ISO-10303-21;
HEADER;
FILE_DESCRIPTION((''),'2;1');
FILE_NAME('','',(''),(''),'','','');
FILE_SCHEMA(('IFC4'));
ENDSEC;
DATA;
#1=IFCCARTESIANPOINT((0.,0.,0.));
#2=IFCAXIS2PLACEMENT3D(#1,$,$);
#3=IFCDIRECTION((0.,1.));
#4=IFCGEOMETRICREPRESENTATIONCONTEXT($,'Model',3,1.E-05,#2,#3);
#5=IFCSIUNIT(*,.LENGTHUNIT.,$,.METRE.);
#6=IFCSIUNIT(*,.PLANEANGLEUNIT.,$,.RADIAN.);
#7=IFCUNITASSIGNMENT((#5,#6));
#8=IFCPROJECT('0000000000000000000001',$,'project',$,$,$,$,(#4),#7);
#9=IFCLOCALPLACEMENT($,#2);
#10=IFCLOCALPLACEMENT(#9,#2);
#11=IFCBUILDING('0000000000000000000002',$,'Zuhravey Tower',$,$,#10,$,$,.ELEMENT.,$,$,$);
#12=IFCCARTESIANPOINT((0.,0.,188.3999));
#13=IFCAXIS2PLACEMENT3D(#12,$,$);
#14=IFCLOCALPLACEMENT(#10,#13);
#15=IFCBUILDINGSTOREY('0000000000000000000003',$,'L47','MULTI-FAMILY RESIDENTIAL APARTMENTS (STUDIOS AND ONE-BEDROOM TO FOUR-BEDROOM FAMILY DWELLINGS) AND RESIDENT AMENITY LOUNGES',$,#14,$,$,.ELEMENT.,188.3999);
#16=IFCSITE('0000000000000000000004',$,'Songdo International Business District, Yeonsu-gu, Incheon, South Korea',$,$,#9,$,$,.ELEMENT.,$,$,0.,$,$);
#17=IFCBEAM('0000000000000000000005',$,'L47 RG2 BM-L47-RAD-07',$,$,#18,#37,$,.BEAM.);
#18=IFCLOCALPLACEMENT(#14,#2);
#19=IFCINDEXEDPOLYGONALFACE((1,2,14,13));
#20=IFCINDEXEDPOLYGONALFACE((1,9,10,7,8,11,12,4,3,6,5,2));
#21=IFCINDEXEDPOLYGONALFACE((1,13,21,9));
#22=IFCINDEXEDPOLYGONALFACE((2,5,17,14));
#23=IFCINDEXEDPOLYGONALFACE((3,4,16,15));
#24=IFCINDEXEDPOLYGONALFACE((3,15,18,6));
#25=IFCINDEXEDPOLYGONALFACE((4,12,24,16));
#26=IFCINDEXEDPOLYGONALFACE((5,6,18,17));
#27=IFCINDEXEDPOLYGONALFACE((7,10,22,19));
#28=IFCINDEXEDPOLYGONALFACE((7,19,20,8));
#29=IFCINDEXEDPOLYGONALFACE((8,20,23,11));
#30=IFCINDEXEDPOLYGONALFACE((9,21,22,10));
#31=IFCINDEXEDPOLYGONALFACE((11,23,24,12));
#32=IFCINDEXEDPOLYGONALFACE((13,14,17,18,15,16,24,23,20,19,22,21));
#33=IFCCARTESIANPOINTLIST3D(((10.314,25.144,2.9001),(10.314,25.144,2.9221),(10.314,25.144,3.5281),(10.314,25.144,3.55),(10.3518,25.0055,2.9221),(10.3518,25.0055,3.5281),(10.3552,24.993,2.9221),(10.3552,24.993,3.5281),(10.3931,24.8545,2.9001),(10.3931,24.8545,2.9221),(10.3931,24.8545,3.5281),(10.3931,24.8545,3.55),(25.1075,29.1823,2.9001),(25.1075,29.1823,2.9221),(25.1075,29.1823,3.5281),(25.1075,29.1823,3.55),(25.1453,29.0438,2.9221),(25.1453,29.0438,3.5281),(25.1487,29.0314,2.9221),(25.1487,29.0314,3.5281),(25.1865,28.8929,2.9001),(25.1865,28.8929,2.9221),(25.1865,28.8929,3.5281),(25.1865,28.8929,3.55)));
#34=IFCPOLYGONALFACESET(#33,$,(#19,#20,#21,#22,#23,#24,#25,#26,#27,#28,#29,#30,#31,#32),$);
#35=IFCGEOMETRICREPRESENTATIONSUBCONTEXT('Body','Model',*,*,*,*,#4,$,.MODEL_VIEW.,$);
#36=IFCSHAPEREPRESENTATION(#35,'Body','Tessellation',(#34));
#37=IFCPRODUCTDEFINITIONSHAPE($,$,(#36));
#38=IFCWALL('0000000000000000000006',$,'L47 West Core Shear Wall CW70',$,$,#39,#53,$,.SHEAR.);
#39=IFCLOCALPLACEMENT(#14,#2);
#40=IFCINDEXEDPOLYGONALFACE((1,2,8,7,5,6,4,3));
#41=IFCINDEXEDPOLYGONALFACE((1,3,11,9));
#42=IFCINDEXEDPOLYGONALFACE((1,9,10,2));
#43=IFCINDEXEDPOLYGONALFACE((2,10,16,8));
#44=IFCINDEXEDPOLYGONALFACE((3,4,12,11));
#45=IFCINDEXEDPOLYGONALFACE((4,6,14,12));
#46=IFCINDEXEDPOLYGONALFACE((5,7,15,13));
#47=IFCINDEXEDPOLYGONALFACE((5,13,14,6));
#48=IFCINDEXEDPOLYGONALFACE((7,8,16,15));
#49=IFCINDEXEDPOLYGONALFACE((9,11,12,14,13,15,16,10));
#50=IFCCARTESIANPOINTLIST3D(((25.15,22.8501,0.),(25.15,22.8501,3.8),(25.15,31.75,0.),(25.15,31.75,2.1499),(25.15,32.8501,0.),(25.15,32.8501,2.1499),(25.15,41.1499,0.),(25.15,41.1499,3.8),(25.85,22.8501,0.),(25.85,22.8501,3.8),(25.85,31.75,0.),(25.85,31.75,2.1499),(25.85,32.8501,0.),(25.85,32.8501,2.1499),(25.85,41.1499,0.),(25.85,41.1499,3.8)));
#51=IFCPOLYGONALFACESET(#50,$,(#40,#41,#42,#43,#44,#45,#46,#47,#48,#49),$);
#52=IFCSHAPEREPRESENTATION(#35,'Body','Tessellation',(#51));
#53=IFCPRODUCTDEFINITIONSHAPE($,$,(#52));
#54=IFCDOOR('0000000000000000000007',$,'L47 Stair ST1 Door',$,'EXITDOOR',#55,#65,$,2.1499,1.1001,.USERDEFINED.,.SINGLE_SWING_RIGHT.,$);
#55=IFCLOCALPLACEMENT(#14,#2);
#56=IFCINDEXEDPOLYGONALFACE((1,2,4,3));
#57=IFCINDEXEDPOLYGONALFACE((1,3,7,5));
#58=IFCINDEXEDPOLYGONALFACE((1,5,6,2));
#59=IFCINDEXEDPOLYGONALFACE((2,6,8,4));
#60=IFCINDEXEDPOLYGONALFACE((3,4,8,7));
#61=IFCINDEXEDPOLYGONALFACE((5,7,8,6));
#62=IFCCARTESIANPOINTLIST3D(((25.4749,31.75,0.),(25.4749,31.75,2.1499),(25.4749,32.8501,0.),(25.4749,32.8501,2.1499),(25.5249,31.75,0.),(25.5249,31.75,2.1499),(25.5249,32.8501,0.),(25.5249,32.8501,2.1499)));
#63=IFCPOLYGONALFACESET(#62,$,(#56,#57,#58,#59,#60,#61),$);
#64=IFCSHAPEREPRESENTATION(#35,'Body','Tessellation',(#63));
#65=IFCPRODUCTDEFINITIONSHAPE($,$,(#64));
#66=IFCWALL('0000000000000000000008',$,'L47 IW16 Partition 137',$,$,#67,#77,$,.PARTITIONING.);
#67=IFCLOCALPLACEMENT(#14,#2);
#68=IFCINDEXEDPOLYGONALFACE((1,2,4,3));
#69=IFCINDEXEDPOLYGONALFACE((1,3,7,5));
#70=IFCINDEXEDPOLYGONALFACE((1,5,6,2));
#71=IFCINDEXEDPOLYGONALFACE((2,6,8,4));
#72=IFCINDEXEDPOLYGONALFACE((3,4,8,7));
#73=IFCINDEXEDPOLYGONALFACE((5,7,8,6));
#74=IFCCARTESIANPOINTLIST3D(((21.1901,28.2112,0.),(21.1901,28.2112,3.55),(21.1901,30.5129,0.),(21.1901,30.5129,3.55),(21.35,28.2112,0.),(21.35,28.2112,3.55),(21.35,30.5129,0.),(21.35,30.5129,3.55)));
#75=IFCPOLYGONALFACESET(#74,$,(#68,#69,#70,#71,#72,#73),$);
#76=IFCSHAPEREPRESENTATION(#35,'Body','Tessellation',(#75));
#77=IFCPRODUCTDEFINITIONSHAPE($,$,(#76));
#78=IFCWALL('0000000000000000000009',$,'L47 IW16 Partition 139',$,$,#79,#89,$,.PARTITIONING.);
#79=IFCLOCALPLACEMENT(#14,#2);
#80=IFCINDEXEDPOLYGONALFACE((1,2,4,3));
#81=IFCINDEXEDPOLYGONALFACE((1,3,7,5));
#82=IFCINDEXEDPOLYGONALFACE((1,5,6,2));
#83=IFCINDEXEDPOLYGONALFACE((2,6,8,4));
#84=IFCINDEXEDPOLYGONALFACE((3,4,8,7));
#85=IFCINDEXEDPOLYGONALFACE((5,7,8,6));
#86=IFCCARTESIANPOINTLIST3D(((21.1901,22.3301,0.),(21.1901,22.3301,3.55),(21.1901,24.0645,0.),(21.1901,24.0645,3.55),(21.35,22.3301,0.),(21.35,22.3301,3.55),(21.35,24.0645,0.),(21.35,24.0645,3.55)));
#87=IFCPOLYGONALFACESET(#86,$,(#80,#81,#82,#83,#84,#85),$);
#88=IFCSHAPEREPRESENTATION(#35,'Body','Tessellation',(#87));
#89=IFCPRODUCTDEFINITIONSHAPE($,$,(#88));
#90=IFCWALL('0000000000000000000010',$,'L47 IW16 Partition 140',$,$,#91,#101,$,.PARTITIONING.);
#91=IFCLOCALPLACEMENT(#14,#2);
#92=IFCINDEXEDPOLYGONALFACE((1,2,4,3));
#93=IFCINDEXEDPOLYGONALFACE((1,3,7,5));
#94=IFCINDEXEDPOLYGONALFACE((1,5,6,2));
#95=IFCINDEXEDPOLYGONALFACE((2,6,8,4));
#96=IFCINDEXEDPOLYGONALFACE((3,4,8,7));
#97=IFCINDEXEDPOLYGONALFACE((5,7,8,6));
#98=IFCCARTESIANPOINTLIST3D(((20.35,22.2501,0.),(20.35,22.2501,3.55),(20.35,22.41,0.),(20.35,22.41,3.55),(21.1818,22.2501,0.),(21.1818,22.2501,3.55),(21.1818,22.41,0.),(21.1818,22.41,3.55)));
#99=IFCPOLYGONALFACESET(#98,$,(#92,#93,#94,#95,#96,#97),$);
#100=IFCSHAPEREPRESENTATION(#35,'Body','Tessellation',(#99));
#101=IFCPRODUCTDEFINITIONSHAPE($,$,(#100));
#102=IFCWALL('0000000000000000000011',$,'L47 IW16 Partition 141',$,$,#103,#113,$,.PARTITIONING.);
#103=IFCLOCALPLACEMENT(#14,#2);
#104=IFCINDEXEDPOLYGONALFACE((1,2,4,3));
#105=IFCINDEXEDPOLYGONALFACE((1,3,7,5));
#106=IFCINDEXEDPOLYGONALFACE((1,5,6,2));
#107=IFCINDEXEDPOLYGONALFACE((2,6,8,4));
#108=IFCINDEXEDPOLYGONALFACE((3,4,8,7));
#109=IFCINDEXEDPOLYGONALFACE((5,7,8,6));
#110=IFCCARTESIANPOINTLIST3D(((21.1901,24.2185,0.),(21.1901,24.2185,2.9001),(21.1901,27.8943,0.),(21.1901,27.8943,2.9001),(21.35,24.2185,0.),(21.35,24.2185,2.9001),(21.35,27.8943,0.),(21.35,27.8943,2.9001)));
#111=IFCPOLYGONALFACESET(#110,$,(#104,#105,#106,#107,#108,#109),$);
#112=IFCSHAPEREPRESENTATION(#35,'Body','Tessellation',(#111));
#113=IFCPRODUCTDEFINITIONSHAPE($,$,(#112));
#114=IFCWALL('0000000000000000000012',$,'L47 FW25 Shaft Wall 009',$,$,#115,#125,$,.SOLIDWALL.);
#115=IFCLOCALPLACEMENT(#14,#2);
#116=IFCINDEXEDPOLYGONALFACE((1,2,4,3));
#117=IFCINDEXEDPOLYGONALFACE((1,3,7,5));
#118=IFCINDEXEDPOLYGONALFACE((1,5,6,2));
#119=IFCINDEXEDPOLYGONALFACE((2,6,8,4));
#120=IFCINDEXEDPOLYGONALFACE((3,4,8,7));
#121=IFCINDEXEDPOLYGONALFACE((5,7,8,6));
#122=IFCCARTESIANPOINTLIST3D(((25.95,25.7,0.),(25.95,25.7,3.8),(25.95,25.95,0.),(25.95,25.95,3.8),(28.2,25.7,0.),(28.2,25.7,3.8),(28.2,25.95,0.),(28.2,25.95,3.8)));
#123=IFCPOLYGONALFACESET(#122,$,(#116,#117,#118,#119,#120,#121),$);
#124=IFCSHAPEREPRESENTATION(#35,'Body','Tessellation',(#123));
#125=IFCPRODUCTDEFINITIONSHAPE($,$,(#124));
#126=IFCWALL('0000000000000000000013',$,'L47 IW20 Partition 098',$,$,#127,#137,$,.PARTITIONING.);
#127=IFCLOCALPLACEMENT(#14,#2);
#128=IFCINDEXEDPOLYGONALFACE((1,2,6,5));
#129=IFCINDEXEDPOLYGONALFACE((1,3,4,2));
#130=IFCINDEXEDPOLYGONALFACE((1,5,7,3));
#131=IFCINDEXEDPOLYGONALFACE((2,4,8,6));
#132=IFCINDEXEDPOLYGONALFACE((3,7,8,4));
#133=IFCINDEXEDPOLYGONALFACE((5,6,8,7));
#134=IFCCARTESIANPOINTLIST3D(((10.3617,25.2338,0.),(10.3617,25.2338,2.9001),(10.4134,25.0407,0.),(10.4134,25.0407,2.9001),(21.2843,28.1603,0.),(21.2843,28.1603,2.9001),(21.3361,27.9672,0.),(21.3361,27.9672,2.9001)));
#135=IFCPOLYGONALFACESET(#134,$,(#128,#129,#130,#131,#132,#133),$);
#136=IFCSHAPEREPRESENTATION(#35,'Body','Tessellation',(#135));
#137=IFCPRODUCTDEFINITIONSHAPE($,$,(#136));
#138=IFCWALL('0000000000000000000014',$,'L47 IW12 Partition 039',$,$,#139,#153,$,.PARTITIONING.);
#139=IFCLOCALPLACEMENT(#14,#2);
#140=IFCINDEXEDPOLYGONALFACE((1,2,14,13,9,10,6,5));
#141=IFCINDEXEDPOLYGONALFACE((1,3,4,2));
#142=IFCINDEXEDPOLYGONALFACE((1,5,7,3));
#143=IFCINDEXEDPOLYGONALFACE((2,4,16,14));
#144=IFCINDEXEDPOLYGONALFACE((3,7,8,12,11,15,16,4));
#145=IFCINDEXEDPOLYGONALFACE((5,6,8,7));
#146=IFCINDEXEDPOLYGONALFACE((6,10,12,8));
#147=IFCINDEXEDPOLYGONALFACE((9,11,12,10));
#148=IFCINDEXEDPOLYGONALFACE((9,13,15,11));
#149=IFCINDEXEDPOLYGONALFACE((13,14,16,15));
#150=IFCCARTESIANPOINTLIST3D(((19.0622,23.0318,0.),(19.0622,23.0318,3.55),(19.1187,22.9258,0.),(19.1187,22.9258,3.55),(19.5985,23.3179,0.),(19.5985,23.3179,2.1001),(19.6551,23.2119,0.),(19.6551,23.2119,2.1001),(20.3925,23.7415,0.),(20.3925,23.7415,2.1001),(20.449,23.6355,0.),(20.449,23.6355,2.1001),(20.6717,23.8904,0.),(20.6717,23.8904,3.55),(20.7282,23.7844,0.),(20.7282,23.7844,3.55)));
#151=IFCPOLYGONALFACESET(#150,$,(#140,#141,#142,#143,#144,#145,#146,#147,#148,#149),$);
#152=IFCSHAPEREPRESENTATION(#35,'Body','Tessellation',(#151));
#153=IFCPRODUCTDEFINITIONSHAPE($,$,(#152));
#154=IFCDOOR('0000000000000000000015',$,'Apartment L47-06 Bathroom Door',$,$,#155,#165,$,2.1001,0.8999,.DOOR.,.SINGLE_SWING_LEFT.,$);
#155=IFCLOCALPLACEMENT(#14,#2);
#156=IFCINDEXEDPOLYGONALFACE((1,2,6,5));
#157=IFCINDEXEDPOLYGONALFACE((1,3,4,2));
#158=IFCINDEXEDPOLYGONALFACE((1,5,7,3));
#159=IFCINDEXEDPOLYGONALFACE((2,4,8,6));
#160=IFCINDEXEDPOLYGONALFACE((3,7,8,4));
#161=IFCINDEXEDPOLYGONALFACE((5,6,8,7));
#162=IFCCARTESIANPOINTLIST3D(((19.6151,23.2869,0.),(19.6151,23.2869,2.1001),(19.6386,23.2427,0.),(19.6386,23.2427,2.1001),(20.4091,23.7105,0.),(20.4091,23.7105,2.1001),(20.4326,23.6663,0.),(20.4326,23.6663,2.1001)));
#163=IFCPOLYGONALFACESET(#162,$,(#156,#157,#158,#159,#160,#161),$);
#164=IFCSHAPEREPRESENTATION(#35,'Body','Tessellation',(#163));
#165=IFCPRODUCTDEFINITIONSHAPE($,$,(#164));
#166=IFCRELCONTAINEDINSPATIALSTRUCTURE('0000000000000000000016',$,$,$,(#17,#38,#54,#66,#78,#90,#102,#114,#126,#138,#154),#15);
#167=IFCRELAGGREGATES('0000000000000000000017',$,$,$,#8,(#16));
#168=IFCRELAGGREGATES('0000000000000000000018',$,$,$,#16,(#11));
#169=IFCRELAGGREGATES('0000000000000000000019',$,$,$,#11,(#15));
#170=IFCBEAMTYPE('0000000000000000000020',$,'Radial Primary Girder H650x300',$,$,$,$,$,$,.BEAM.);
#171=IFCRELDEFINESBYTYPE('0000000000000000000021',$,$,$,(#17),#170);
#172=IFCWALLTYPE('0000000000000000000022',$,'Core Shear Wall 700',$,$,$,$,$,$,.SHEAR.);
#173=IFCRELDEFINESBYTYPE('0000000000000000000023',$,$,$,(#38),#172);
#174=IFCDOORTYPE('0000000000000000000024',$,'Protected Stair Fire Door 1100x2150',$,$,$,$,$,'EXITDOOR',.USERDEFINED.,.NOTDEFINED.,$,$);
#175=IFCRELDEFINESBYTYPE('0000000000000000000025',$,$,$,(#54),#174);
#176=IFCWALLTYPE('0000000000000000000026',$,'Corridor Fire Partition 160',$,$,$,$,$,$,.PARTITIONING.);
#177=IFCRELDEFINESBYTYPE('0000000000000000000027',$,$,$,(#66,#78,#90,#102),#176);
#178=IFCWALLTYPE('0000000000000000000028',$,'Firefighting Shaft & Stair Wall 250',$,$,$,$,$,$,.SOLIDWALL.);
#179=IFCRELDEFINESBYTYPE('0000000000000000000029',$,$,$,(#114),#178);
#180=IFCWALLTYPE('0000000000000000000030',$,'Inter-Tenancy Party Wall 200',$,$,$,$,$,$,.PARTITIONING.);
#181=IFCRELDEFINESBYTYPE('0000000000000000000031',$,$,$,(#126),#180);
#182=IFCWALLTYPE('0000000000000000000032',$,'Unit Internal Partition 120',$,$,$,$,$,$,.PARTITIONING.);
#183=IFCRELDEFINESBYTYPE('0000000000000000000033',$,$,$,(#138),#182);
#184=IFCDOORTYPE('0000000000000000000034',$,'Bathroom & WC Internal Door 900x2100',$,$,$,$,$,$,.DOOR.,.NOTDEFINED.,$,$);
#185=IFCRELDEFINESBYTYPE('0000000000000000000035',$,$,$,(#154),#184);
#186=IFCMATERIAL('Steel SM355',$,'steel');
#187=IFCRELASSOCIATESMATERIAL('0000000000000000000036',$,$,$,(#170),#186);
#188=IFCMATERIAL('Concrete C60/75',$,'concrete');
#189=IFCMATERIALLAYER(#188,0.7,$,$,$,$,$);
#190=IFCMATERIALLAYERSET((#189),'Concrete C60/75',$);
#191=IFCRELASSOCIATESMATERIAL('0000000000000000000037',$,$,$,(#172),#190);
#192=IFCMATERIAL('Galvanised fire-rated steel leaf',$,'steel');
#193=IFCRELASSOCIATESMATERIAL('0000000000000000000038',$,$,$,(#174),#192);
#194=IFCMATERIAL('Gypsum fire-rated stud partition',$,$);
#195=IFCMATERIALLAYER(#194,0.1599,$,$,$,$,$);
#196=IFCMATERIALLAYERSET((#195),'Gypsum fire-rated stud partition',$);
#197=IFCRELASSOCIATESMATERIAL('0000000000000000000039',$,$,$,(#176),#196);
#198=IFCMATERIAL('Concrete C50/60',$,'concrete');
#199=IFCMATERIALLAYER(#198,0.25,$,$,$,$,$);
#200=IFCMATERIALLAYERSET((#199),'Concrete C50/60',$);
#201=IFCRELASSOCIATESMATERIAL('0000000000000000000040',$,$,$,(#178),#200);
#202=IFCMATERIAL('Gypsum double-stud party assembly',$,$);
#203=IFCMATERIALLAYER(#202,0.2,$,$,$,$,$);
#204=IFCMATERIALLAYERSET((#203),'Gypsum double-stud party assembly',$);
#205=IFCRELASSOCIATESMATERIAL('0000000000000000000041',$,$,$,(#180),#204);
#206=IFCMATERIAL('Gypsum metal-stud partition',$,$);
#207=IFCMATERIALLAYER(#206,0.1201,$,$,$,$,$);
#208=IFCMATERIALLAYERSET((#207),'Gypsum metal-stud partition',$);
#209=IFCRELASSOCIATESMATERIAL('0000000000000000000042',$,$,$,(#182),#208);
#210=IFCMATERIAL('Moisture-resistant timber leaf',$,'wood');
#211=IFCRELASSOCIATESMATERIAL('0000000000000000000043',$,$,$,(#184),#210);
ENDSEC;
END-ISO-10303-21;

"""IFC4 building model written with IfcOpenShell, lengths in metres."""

from ifc_helpers import new_model, si_unit, direction, frame, frame_2d, origin, origin_2d, place, context, subcontext, project, spatial, rectangle, i_section, extrude, material, layer, layer_set, material_profile, profile_set, type_object, element, fill, save


model = new_model("IFC4")

# Units and contexts
model_context = context("Model", 3, precision=1e-05, world=origin(), true_north=direction((0.0, 1.0)))
body_context = subcontext(model_context, "Body", "Model", "MODEL_VIEW")
ifc_project = project(units=[si_unit("LENGTHUNIT", "METRE"), si_unit("PLANEANGLEUNIT", "RADIAN")], contexts=[model_context])

# Site, building, storey
site_placement = place(None, origin())
site = spatial("IfcSite", under=ifc_project, at=site_placement, Name="Songdo International Business District, Yeonsu-gu, Incheon, South Korea", CompositionType="ELEMENT", RefElevation=0.0)
building_placement = place(site_placement, origin())
building = spatial("IfcBuilding", under=site, at=building_placement, Name="Zuhravey Tower", CompositionType="ELEMENT")
storey_placement = place(building_placement, frame((0.0, 0.0, 188.3999)))
storey = spatial("IfcBuildingStorey", under=building, at=storey_placement, Name="L47", Description="MULTI-FAMILY RESIDENTIAL APARTMENTS (STUDIOS AND ONE-BEDROOM TO FOUR-BEDROOM FAMILY DWELLINGS) AND RESIDENT AMENITY LOUNGES", CompositionType="ELEMENT", Elevation=188.3999)

# Beam
ifc_material_1 = material(Name="Steel SM355", Category="steel")
ifc_material_profile = material_profile(ifc_material_1, i_section(OverallWidth=0.3, OverallDepth=0.6499, WebThickness=0.0129, FlangeThickness=0.022, at=origin_2d()), Name="H-650x300x13x22")
ifc_profile_set = profile_set([ifc_material_profile], Name="Steel SM355")
beam_type = type_object("IfcBeamType", Name="Radial Primary Girder H650x300", PredefinedType="BEAM", material=ifc_profile_set)
beam_placement = place(storey_placement, frame((25.147, 29.0376, 3.2251), z_axis=(-0.964702, -0.263345, 0.0), x_axis=(0.263345, -0.964702, 0.0)))
element("IfcBeam", 1, at=beam_placement, inside=storey, type_object=beam_type, Name="L47 RG2 BM-L47-RAD-07", PredefinedType="BEAM", context=body_context, shape_type="SweptSolid", body=[
    extrude(i_section(OverallWidth=0.3, OverallDepth=0.6499, WebThickness=0.0129, FlangeThickness=0.022, at=origin_2d()), origin(), (0.0, 0.0, 1.0), 15.3347),
])

# Wall, opening, door
ifc_material_2 = material(Name="Concrete C60/75", Category="concrete")
ifc_layer_1 = layer(ifc_material_2, 0.7)
ifc_layer_set_1 = layer_set([ifc_layer_1], Name="Concrete C60/75")
wall_type_1 = type_object("IfcWallType", Name="Core Shear Wall 700", PredefinedType="SHEAR", material=ifc_layer_set_1)
ifc_material_3 = material(Name="Galvanised fire-rated steel leaf", Category="steel")
wall_1_placement = place(storey_placement, frame((25.5, 22.8501, 0.0), z_axis=(0.0, 0.0, 1.0), x_axis=(0.0, 1.0, 0.0)))
wall_1 = element("IfcWall", 2, at=wall_1_placement, inside=storey, type_object=wall_type_1, Name="L47 West Core Shear Wall CW70", PredefinedType="SHEAR", context=body_context, shape_type="SweptSolid", body=[
    extrude(rectangle(XDim=18.2998, YDim=0.7, at=frame_2d((9.1499, 0.0))), origin(), (0.0, 0.0, 1.0), 3.8),
])
opening_1_placement = place(wall_1_placement, frame((8.8999, 0.0, 0.0)))
opening_1 = element("IfcOpeningElement", 3, at=opening_1_placement, cuts=wall_1, PredefinedType="OPENING", context=body_context, shape_type="SweptSolid", body=[
    extrude(rectangle(XDim=1.1001, YDim=2.1499, at=frame_2d((0.55, 1.075))), frame((0.0, 0.3621, 0.0), z_axis=(0.0, -1.0, 0.0), x_axis=(1.0, 0.0, 0.0)), (0.0, 0.0, 1.0), 0.7239),
])
door_type_1 = type_object("IfcDoorType", Name="Protected Stair Fire Door 1100x2150", ElementType="EXITDOOR", OperationType="NOTDEFINED", PredefinedType="USERDEFINED", material=ifc_material_3)
door_1_placement = place(opening_1_placement, frame((1.1001, 0.0, 0.0), z_axis=(0.0, 0.0, 1.0), x_axis=(-1.0, 0.0, 0.0)))
door_1 = element("IfcDoor", 4, at=door_1_placement, inside=storey, type_object=door_type_1, Name="L47 Stair ST1 Door", ObjectType="EXITDOOR", OperationType="SINGLE_SWING_RIGHT", OverallHeight=2.1499, OverallWidth=1.1001, PredefinedType="USERDEFINED", context=body_context, shape_type="SweptSolid", body=[
    extrude(rectangle(XDim=1.1001, YDim=2.1499, at=frame_2d((0.55, 1.075))), frame((0.0, 0.0249, 0.0), z_axis=(0.0, -1.0, 0.0), x_axis=(1.0, 0.0, 0.0)), (0.0, 0.0, 1.0), 0.05),
])
fill(opening_1, door_1)

# Walls
ifc_material_4 = material(Name="Gypsum fire-rated stud partition")
ifc_layer_2 = layer(ifc_material_4, 0.1599)
ifc_layer_set_2 = layer_set([ifc_layer_2], Name="Gypsum fire-rated stud partition")
wall_type_2 = type_object("IfcWallType", Name="Corridor Fire Partition 160", PredefinedType="PARTITIONING", material=ifc_layer_set_2)
wall_2_placement = place(storey_placement, frame((21.27, 30.5129, 0.0), z_axis=(0.0, 0.0, 1.0), x_axis=(0.0, -1.0, 0.0)))
element("IfcWall", 5, at=wall_2_placement, inside=storey, type_object=wall_type_2, Name="L47 IW16 Partition 137", PredefinedType="PARTITIONING", context=body_context, shape_type="SweptSolid", body=[
    extrude(rectangle(XDim=2.3018, YDim=0.1599, at=frame_2d((1.1509, 0.0))), origin(), (0.0, 0.0, 1.0), 3.55),
])
wall_3_placement = place(storey_placement, frame((21.27, 24.0645, 0.0), z_axis=(0.0, 0.0, 1.0), x_axis=(0.0, -1.0, 0.0)))
element("IfcWall", 6, at=wall_3_placement, inside=storey, type_object=wall_type_2, Name="L47 IW16 Partition 139", PredefinedType="PARTITIONING", context=body_context, shape_type="SweptSolid", body=[
    extrude(rectangle(XDim=1.7344, YDim=0.1599, at=frame_2d((0.8672, 0.0))), origin(), (0.0, 0.0, 1.0), 3.55),
])
wall_4_placement = place(storey_placement, frame((21.1819, 22.3301, 0.0), z_axis=(0.0, 0.0, 1.0), x_axis=(-1.0, 0.0, 0.0)))
element("IfcWall", 7, at=wall_4_placement, inside=storey, type_object=wall_type_2, Name="L47 IW16 Partition 140", PredefinedType="PARTITIONING", context=body_context, shape_type="SweptSolid", body=[
    extrude(rectangle(XDim=0.8318, YDim=0.1599, at=frame_2d((0.416, 0.0))), origin(), (0.0, 0.0, 1.0), 3.55),
])
wall_5_placement = place(storey_placement, frame((21.27, 27.8943, 0.0), z_axis=(0.0, 0.0, 1.0), x_axis=(0.0, -1.0, 0.0)))
element("IfcWall", 8, at=wall_5_placement, inside=storey, type_object=wall_type_2, Name="L47 IW16 Partition 141", PredefinedType="PARTITIONING", context=body_context, shape_type="SweptSolid", body=[
    extrude(rectangle(XDim=3.6758, YDim=0.1599, at=frame_2d((1.8379, 0.0))), origin(), (0.0, 0.0, 1.0), 2.9001),
])
ifc_material_5 = material(Name="Concrete C50/60", Category="concrete")
ifc_layer_3 = layer(ifc_material_5, 0.25)
ifc_layer_set_3 = layer_set([ifc_layer_3], Name="Concrete C50/60")
wall_type_3 = type_object("IfcWallType", Name="Firefighting Shaft & Stair Wall 250", PredefinedType="SOLIDWALL", material=ifc_layer_set_3)
wall_6_placement = place(storey_placement, frame((25.95, 25.825, 0.0), z_axis=(0.0, 0.0, 1.0), x_axis=(1.0, 0.0, 0.0)))
element("IfcWall", 9, at=wall_6_placement, inside=storey, type_object=wall_type_3, Name="L47 FW25 Shaft Wall 009", PredefinedType="SOLIDWALL", context=body_context, shape_type="SweptSolid", body=[
    extrude(rectangle(XDim=2.25, YDim=0.25, at=frame_2d((1.125, 0.0))), origin(), (0.0, 0.0, 1.0), 3.8),
])
ifc_material_6 = material(Name="Gypsum double-stud party assembly")
ifc_layer_4 = layer(ifc_material_6, 0.2)
ifc_layer_set_4 = layer_set([ifc_layer_4], Name="Gypsum double-stud party assembly")
wall_type_4 = type_object("IfcWallType", Name="Inter-Tenancy Party Wall 200", PredefinedType="PARTITIONING", material=ifc_layer_set_4)
wall_7_placement = place(storey_placement, frame((21.3101, 28.0637, 0.0), z_axis=(0.0, 0.0, 1.0), x_axis=(-0.96593, -0.258803, 0.0)))
element("IfcWall", 10, at=wall_7_placement, inside=storey, type_object=wall_type_4, Name="L47 IW20 Partition 098", PredefinedType="PARTITIONING", context=body_context, shape_type="SweptSolid", body=[
    extrude(rectangle(XDim=11.3079, YDim=0.2, at=frame_2d((5.6538, 0.0))), origin(), (0.0, 0.0, 1.0), 2.9001),
])

# Wall, opening, door
ifc_material_7 = material(Name="Gypsum metal-stud partition")
ifc_layer_5 = layer(ifc_material_7, 0.1201)
ifc_layer_set_5 = layer_set([ifc_layer_5], Name="Gypsum metal-stud partition")
wall_type_5 = type_object("IfcWallType", Name="Unit Internal Partition 120", PredefinedType="PARTITIONING", material=ifc_layer_set_5)
wall_8_placement = place(storey_placement, frame((20.7, 23.8374, 0.0), z_axis=(0.0, 0.0, 1.0), x_axis=(-0.882312, -0.470665, 0.0)))
wall_8 = element("IfcWall", 11, at=wall_8_placement, inside=storey, type_object=wall_type_5, Name="L47 IW12 Partition 039", PredefinedType="PARTITIONING", context=body_context, shape_type="SweptSolid", body=[
    extrude(rectangle(XDim=1.8242, YDim=0.1201, at=frame_2d((0.9121, 0.0))), origin(), (0.0, 0.0, 1.0), 3.55),
])
opening_2_placement = place(wall_8_placement, frame((0.3164, 0.0, 0.0)))
opening_2 = element("IfcOpeningElement", 12, at=opening_2_placement, cuts=wall_8, PredefinedType="OPENING", context=body_context, shape_type="SweptSolid", body=[
    extrude(rectangle(XDim=0.8999, YDim=2.1001, at=frame_2d((0.45, 1.05))), frame((0.0, 0.072, 0.0), z_axis=(0.0, -1.0, 0.0), x_axis=(1.0, 0.0, 0.0)), (0.0, 0.0, 1.0), 0.144),
])
ifc_material_8 = material(Name="Moisture-resistant timber leaf", Category="wood")
door_type_2 = type_object("IfcDoorType", Name="Bathroom & WC Internal Door 900x2100", OperationType="NOTDEFINED", PredefinedType="DOOR", material=ifc_material_8)
door_2_placement = place(opening_2_placement, frame((0.8999, 0.0, 0.0), z_axis=(0.0, 0.0, 1.0), x_axis=(-1.0, 0.0, 0.0)))
door_2 = element("IfcDoor", 13, at=door_2_placement, inside=storey, type_object=door_type_2, Name="Apartment L47-06 Bathroom Door", OperationType="SINGLE_SWING_LEFT", OverallHeight=2.1001, OverallWidth=0.8999, PredefinedType="DOOR", context=body_context, shape_type="SweptSolid", body=[
    extrude(rectangle(XDim=0.8999, YDim=2.1001, at=frame_2d((0.45, 1.05))), frame((0.0, 0.0249, 0.0), z_axis=(0.0, -1.0, 0.0), x_axis=(1.0, 0.0, 0.0)), (0.0, 0.0, 1.0), 0.05),
])
fill(opening_2, door_2)

save(model, "model.ifc")
